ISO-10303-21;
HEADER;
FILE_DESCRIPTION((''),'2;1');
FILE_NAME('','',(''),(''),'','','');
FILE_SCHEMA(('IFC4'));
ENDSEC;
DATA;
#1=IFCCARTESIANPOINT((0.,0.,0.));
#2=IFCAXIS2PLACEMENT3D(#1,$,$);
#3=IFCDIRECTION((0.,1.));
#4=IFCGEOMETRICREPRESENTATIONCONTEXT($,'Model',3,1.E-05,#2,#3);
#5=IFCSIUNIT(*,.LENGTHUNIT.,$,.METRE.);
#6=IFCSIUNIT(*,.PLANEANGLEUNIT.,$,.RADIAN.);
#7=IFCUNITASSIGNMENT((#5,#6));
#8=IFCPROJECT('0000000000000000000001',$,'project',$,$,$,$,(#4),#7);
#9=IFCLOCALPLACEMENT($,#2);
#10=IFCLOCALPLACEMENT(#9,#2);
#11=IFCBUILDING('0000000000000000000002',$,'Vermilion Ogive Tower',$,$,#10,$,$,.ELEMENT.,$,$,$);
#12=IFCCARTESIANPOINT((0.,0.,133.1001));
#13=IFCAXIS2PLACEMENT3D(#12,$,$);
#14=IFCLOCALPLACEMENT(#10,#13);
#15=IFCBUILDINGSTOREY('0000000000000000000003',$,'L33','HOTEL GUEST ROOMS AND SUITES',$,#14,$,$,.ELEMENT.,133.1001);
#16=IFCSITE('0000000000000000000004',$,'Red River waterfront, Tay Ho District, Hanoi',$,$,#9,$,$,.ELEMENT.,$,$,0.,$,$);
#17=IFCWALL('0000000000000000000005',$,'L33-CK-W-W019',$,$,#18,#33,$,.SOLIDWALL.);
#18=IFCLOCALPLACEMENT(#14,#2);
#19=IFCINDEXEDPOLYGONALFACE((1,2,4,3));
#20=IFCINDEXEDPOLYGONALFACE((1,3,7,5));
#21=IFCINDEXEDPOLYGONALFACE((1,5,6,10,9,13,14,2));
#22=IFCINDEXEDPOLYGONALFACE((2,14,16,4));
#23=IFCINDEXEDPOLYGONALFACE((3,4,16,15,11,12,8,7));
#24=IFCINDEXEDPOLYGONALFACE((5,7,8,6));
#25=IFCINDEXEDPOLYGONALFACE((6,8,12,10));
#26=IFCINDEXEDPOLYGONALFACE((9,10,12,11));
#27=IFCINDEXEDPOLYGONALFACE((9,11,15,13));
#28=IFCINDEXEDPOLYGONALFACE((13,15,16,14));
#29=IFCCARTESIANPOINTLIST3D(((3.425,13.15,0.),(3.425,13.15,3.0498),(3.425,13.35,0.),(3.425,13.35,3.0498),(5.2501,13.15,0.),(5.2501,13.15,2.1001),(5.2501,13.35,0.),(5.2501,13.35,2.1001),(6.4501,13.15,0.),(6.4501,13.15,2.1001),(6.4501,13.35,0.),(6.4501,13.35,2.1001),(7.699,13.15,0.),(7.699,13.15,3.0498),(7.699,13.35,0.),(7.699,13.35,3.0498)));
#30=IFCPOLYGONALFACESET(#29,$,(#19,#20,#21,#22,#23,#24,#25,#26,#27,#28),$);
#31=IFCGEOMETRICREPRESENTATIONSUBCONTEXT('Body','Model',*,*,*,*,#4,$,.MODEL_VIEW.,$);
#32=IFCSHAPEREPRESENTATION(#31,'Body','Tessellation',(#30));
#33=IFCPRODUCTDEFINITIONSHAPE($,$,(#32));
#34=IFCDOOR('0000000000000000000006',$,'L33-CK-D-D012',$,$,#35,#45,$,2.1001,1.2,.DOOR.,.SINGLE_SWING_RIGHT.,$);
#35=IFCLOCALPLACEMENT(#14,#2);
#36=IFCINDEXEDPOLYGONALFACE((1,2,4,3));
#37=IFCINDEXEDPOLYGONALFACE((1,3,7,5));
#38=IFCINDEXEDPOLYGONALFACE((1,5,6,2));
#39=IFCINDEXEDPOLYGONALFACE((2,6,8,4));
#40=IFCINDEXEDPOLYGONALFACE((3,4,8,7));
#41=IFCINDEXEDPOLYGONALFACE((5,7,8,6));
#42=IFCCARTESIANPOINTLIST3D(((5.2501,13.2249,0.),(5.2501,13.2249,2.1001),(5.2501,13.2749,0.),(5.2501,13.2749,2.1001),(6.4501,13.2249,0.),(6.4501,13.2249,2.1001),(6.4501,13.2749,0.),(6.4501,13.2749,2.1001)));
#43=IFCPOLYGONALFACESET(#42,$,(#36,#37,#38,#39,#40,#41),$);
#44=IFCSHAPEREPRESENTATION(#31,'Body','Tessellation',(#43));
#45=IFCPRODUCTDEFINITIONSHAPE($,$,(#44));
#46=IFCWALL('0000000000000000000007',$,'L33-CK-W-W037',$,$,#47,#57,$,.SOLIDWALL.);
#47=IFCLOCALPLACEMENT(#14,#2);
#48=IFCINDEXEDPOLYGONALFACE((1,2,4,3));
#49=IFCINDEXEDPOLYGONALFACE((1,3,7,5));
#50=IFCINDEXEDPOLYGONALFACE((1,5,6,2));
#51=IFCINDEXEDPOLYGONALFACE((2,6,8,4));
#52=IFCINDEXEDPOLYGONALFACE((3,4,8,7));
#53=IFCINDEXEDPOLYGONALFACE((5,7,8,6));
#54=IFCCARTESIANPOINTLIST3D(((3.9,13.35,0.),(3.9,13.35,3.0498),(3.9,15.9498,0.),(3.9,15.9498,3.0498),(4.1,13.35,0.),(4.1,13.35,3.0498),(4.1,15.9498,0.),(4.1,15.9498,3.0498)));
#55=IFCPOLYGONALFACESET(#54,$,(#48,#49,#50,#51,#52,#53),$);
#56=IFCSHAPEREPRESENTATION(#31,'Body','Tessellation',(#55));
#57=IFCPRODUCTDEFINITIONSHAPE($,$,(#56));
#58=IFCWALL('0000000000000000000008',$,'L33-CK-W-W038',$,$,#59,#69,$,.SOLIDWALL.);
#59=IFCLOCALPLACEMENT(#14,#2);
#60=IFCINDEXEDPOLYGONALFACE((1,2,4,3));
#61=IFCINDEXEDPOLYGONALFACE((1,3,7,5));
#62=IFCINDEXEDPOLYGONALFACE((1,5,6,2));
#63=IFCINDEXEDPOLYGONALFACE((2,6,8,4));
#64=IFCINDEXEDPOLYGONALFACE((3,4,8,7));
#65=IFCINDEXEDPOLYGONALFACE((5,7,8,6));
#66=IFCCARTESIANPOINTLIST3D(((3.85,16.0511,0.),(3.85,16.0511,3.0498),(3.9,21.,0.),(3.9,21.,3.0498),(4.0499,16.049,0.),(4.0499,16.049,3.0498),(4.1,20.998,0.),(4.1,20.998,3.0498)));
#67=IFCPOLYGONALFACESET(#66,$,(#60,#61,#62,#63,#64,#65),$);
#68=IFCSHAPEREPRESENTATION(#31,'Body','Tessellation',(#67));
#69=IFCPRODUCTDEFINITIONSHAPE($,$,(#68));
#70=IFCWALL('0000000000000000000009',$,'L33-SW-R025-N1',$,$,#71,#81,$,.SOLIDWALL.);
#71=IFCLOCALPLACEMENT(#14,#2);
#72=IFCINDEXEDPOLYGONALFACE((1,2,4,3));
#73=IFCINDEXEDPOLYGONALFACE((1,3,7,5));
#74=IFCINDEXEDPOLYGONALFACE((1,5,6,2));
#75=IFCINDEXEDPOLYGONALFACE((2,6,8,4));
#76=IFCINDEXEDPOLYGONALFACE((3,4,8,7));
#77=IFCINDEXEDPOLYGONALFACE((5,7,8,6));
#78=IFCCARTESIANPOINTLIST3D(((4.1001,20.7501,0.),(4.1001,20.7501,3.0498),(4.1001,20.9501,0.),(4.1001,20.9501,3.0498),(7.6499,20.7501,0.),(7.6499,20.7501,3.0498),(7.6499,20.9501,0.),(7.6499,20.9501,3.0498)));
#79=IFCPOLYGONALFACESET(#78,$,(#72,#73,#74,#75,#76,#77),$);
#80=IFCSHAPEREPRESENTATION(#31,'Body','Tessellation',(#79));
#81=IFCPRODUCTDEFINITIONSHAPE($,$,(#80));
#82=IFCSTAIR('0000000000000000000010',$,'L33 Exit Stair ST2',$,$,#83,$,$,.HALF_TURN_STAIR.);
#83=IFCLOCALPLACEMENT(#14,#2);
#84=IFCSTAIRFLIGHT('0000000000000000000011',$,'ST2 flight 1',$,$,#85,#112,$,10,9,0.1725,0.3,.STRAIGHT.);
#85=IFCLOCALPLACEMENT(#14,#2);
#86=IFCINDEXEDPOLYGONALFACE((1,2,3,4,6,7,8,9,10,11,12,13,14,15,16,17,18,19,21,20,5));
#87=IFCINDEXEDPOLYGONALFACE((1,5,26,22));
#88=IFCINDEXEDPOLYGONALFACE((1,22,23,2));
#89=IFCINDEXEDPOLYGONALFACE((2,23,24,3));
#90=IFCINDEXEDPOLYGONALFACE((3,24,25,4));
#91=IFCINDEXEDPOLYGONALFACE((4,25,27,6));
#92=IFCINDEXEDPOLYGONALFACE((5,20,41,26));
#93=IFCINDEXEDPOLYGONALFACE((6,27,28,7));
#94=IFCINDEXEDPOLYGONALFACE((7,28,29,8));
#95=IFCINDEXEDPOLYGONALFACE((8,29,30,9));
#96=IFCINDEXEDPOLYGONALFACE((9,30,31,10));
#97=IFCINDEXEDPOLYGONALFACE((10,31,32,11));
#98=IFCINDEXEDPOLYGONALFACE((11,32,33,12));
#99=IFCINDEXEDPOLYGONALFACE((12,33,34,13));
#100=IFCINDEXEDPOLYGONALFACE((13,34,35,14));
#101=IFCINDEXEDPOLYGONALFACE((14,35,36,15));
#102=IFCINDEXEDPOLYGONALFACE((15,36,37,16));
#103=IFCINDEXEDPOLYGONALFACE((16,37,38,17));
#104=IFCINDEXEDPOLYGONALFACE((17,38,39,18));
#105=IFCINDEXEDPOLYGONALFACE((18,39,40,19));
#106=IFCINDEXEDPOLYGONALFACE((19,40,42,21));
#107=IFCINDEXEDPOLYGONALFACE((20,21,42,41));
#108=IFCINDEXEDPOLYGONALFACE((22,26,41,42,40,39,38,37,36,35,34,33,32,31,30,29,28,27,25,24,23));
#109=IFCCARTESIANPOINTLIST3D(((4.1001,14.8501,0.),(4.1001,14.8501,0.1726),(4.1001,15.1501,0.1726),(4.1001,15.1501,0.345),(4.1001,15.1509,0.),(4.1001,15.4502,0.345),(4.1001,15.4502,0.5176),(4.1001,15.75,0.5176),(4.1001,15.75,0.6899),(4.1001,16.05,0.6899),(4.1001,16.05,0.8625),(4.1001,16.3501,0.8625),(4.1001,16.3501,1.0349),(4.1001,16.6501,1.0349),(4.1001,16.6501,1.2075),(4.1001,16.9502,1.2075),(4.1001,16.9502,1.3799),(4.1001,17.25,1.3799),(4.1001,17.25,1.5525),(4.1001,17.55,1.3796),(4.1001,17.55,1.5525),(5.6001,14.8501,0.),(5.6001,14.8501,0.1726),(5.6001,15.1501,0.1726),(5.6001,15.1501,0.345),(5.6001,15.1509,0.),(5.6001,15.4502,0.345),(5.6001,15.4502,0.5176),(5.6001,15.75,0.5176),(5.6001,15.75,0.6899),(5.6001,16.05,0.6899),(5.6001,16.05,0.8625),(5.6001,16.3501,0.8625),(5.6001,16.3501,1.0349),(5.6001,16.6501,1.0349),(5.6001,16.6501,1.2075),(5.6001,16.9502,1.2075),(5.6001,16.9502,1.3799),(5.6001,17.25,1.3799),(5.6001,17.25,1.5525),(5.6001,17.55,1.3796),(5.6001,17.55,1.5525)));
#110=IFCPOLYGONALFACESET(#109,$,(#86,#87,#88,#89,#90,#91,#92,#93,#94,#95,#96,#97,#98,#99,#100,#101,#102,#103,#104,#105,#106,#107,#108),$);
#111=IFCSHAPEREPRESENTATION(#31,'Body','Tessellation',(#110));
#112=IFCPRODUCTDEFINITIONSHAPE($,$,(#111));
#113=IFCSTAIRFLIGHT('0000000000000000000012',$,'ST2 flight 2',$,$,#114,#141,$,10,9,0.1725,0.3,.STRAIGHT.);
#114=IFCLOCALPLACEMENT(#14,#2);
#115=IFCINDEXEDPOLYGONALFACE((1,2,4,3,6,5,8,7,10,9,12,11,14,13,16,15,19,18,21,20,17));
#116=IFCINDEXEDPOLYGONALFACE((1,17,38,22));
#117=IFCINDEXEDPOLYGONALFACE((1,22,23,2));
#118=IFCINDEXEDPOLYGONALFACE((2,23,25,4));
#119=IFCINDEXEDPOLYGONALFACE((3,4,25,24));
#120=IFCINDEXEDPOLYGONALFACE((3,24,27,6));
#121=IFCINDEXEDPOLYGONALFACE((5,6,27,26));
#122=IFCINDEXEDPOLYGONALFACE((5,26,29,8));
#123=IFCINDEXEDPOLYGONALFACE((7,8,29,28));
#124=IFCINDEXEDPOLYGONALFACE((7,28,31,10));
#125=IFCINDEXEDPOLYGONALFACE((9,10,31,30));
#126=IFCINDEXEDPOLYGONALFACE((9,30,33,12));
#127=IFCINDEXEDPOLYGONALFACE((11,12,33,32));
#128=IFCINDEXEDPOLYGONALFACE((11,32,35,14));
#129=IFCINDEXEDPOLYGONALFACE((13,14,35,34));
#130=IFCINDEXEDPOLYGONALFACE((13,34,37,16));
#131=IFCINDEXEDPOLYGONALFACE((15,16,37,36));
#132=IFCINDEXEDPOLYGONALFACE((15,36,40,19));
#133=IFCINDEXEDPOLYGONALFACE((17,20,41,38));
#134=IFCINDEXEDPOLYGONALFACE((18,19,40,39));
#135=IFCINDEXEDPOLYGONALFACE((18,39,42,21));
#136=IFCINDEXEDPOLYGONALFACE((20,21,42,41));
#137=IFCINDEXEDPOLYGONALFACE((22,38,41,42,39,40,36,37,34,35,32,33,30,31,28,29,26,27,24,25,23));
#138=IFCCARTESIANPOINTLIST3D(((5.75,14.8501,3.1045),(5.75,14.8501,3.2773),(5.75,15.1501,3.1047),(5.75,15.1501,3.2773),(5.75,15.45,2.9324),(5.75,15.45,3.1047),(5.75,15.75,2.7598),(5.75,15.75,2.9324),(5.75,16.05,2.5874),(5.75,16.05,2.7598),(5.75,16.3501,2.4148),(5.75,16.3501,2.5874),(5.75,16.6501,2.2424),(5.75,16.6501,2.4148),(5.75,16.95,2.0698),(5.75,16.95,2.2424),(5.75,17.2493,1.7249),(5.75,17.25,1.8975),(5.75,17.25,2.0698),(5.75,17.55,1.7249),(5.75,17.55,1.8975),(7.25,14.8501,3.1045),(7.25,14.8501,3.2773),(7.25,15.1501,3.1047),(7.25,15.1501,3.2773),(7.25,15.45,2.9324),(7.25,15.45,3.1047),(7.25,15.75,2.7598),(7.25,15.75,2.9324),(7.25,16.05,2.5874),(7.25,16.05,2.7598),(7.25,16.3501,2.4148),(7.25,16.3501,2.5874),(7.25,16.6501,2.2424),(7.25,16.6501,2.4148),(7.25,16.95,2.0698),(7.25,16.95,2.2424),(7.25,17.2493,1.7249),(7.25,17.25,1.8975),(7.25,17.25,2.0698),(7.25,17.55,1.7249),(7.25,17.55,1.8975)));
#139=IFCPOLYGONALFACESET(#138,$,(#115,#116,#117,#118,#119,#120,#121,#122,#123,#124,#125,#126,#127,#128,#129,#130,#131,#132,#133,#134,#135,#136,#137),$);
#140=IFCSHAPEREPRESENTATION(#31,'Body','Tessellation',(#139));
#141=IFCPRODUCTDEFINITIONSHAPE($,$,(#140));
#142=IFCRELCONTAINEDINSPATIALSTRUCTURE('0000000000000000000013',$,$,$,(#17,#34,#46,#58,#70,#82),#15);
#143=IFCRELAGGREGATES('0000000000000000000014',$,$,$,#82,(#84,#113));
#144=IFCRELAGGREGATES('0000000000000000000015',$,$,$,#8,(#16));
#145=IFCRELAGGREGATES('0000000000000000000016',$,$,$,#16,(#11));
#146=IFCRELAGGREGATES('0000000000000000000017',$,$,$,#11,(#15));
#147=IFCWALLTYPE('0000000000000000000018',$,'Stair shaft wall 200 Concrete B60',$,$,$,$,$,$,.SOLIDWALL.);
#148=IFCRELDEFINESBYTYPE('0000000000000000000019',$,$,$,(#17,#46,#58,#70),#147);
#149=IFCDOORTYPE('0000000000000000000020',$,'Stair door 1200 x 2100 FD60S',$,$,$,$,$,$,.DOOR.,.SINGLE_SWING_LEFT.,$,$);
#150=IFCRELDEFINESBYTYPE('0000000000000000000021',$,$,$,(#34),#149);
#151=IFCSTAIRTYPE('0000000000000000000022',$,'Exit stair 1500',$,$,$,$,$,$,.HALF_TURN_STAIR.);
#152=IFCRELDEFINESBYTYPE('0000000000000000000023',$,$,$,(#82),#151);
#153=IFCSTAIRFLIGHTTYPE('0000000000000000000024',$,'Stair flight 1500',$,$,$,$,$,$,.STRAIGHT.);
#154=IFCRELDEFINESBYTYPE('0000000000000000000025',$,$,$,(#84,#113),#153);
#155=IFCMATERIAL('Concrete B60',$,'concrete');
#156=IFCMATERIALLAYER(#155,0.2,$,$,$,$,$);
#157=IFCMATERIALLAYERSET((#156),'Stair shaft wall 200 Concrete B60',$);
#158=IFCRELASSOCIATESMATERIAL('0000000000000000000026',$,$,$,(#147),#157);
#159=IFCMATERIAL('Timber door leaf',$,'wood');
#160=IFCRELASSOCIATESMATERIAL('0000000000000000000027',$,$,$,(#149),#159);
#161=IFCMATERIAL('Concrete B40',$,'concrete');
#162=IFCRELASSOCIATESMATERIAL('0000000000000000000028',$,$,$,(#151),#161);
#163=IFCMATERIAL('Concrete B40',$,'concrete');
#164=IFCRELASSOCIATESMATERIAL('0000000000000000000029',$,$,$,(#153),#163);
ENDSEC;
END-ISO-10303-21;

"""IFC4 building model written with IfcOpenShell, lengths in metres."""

from ifc_helpers import new_model, si_unit, direction, frame, frame_2d, origin, place, context, subcontext, project, spatial, polyline, rectangle, outline, extrude, material, layer, layer_set, type_object, element, fill, aggregate, save


model = new_model("IFC4")

# Units and contexts
model_context = context("Model", 3, precision=1e-05, world=origin(), true_north=direction((0.0, 1.0)))
body_context = subcontext(model_context, "Body", "Model", "MODEL_VIEW")
ifc_project = project(units=[si_unit("LENGTHUNIT", "METRE"), si_unit("PLANEANGLEUNIT", "RADIAN")], contexts=[model_context])

# Site, building, storey
site_placement = place(None, origin())
site = spatial("IfcSite", under=ifc_project, at=site_placement, Name="Red River waterfront, Tay Ho District, Hanoi", CompositionType="ELEMENT", RefElevation=0.0)
building_placement = place(site_placement, origin())
building = spatial("IfcBuilding", under=site, at=building_placement, Name="Vermilion Ogive Tower", CompositionType="ELEMENT")
storey_placement = place(building_placement, frame((0.0, 0.0, 133.1001)))
storey = spatial("IfcBuildingStorey", under=building, at=storey_placement, Name="L33", Description="HOTEL GUEST ROOMS AND SUITES", CompositionType="ELEMENT", Elevation=133.1001)

# Wall, opening, door
ifc_material_1 = material(Name="Concrete B60", Category="concrete")
ifc_layer_1 = layer(ifc_material_1, 0.2)
ifc_layer_set_1 = layer_set([ifc_layer_1], Name="Stair shaft wall 200 Concrete B60")
wall_type_1 = type_object("IfcWallType", Name="Stair shaft wall 200 Concrete B60", PredefinedType="SOLIDWALL", material=ifc_layer_set_1)
wall_1_placement = place(storey_placement, frame((3.425, 13.25, 0.0), z_axis=(0.0, 0.0, 1.0), x_axis=(1.0, 0.0, 0.0)))
wall_1 = element("IfcWall", 1, at=wall_1_placement, inside=storey, type_object=wall_type_1, Name="L33-CK-W-W019", PredefinedType="SOLIDWALL", context=body_context, shape_type="SweptSolid", body=[
    extrude(rectangle(XDim=4.2739, YDim=0.2, at=frame_2d((2.137, 0.0))), origin(), (0.0, 0.0, 1.0), 3.0498),
])
opening_1_placement = place(wall_1_placement, frame((1.825, 0.0, 0.0)))
opening_1 = element("IfcOpeningElement", 2, at=opening_1_placement, cuts=wall_1, PredefinedType="OPENING", context=body_context, shape_type="SweptSolid", body=[
    extrude(rectangle(XDim=1.2, YDim=2.1001, at=frame_2d((0.6001, 1.05))), frame((0.0, 0.1099, 0.0), z_axis=(0.0, -1.0, 0.0), x_axis=(1.0, 0.0, 0.0)), (0.0, 0.0, 1.0), 0.22),
])
ifc_material_2 = material(Name="Timber door leaf", Category="wood")
door_type_1 = type_object("IfcDoorType", Name="Stair door 1200 x 2100 FD60S", OperationType="SINGLE_SWING_LEFT", PredefinedType="DOOR", material=ifc_material_2)
door_1_placement = place(opening_1_placement, origin())
door_1 = element("IfcDoor", 3, at=door_1_placement, inside=storey, type_object=door_type_1, Name="L33-CK-D-D012", OperationType="SINGLE_SWING_RIGHT", OverallHeight=2.1001, OverallWidth=1.2, PredefinedType="DOOR", context=body_context, shape_type="SweptSolid", body=[
    extrude(rectangle(XDim=1.2, YDim=2.1001, at=frame_2d((0.6001, 1.05))), frame((0.0, 0.0249, 0.0), z_axis=(0.0, -1.0, 0.0), x_axis=(1.0, 0.0, 0.0)), (0.0, 0.0, 1.0), 0.05),
])
fill(opening_1, door_1)

# Walls
wall_2_placement = place(storey_placement, frame((4.0, 13.3501, 0.0), z_axis=(0.0, 0.0, 1.0), x_axis=(0.0, 1.0, 0.0)))
element("IfcWall", 4, at=wall_2_placement, inside=storey, type_object=wall_type_1, Name="L33-CK-W-W037", PredefinedType="SOLIDWALL", context=body_context, shape_type="SweptSolid", body=[
    extrude(rectangle(XDim=2.5999, YDim=0.2, at=frame_2d((1.2998, 0.0))), origin(), (0.0, 0.0, 1.0), 3.0498),
])
wall_3_placement = place(storey_placement, frame((3.95, 16.05, 0.0), z_axis=(0.0, 0.0, 1.0), x_axis=(0.010112, 0.999949, 0.0)))
element("IfcWall", 5, at=wall_3_placement, inside=storey, type_object=wall_type_1, Name="L33-CK-W-W038", PredefinedType="SOLIDWALL", context=body_context, shape_type="SweptSolid", body=[
    extrude(rectangle(XDim=4.9492, YDim=0.2, at=frame_2d((2.4746, 0.0))), origin(), (0.0, 0.0, 1.0), 3.0498),
])
wall_4_placement = place(storey_placement, frame((4.1001, 20.8501, 0.0), z_axis=(0.0, 0.0, 1.0), x_axis=(1.0, 0.0, 0.0)))
element("IfcWall", 6, at=wall_4_placement, inside=storey, type_object=wall_type_1, Name="L33-SW-R025-N1", PredefinedType="SOLIDWALL", context=body_context, shape_type="SweptSolid", body=[
    extrude(rectangle(XDim=3.5498, YDim=0.2, at=frame_2d((1.7749, 0.0))), origin(), (0.0, 0.0, 1.0), 3.0498),
])

# Stair, stair flights
ifc_material_3 = material(Name="Concrete B40", Category="concrete")
stair_type = type_object("IfcStairType", Name="Exit stair 1500", PredefinedType="HALF_TURN_STAIR", material=ifc_material_3)
stair_placement = place(storey_placement, origin())
stair = element("IfcStair", 7, at=stair_placement, inside=storey, type_object=stair_type, Name="L33 Exit Stair ST2", PredefinedType="HALF_TURN_STAIR")
ifc_material_4 = material(Name="Concrete B40", Category="concrete")
stair_flight_type = type_object("IfcStairFlightType", Name="Stair flight 1500", PredefinedType="STRAIGHT", material=ifc_material_4)
stair_flight_1_placement = place(storey_placement, frame((4.8501, 14.8501, 0.0), z_axis=(0.0, 0.0, 1.0), x_axis=(0.0, 1.0, 0.0)))
stair_flight_1 = element("IfcStairFlight", 8, at=stair_flight_1_placement, type_object=stair_flight_type, Name="ST2 flight 1", NumberOfRisers=10, NumberOfTreads=9, PredefinedType="STRAIGHT", RiserHeight=0.1725, TreadLength=0.3, context=body_context, shape_type="SweptSolid", body=[
    extrude(outline(polyline([(0.0, 0.0), (0.0, 0.1726), (0.3, 0.1726), (0.3, 0.345), (0.6001, 0.345), (0.6001, 0.5176), (0.8999, 0.5176), (0.8999, 0.6899), (1.2, 0.6899), (1.2, 0.8625), (1.5, 0.8625), (1.5, 1.0349), (1.8, 1.0349), (1.8, 1.2075), (2.1001, 1.2075), (2.1001, 1.3799), (2.3999, 1.3799), (2.3999, 1.5525), (2.7, 1.5525), (2.7, 1.7251), (2.7, 1.3796), (0.3008, 0.0), (0.0, 0.0)])), frame((0.0, 0.75, 0.0), z_axis=(0.0, -1.0, 0.0), x_axis=(1.0, 0.0, 0.0)), (0.0, 0.0, 1.0), 1.5),
])
stair_flight_2_placement = place(storey_placement, frame((6.5, 17.55, 1.7249), z_axis=(0.0, 0.0, 1.0), x_axis=(0.0, -1.0, 0.0)))
stair_flight_2 = element("IfcStairFlight", 9, at=stair_flight_2_placement, type_object=stair_flight_type, Name="ST2 flight 2", NumberOfRisers=10, NumberOfTreads=9, PredefinedType="STRAIGHT", RiserHeight=0.1725, TreadLength=0.3, context=body_context, shape_type="SweptSolid", body=[
    extrude(outline(polyline([(0.0, 0.0), (0.0, 0.1726), (0.3, 0.1726), (0.3, 0.345), (0.6001, 0.345), (0.6001, 0.5176), (0.8999, 0.5176), (0.8999, 0.6899), (1.2, 0.6899), (1.2, 0.8625), (1.5, 0.8625), (1.5, 1.0349), (1.8, 1.0349), (1.8, 1.2075), (2.1001, 1.2075), (2.1001, 1.3799), (2.3999, 1.3799), (2.3999, 1.5525), (2.7, 1.5525), (2.7, 1.7251), (2.7, 1.3796), (0.3008, 0.0), (0.0, 0.0)])), frame((0.0, 0.75, 0.0), z_axis=(0.0, -1.0, 0.0), x_axis=(1.0, 0.0, 0.0)), (0.0, 0.0, 1.0), 1.5),
])
aggregate(stair, [stair_flight_1, stair_flight_2])

save(model, "model.ifc")
